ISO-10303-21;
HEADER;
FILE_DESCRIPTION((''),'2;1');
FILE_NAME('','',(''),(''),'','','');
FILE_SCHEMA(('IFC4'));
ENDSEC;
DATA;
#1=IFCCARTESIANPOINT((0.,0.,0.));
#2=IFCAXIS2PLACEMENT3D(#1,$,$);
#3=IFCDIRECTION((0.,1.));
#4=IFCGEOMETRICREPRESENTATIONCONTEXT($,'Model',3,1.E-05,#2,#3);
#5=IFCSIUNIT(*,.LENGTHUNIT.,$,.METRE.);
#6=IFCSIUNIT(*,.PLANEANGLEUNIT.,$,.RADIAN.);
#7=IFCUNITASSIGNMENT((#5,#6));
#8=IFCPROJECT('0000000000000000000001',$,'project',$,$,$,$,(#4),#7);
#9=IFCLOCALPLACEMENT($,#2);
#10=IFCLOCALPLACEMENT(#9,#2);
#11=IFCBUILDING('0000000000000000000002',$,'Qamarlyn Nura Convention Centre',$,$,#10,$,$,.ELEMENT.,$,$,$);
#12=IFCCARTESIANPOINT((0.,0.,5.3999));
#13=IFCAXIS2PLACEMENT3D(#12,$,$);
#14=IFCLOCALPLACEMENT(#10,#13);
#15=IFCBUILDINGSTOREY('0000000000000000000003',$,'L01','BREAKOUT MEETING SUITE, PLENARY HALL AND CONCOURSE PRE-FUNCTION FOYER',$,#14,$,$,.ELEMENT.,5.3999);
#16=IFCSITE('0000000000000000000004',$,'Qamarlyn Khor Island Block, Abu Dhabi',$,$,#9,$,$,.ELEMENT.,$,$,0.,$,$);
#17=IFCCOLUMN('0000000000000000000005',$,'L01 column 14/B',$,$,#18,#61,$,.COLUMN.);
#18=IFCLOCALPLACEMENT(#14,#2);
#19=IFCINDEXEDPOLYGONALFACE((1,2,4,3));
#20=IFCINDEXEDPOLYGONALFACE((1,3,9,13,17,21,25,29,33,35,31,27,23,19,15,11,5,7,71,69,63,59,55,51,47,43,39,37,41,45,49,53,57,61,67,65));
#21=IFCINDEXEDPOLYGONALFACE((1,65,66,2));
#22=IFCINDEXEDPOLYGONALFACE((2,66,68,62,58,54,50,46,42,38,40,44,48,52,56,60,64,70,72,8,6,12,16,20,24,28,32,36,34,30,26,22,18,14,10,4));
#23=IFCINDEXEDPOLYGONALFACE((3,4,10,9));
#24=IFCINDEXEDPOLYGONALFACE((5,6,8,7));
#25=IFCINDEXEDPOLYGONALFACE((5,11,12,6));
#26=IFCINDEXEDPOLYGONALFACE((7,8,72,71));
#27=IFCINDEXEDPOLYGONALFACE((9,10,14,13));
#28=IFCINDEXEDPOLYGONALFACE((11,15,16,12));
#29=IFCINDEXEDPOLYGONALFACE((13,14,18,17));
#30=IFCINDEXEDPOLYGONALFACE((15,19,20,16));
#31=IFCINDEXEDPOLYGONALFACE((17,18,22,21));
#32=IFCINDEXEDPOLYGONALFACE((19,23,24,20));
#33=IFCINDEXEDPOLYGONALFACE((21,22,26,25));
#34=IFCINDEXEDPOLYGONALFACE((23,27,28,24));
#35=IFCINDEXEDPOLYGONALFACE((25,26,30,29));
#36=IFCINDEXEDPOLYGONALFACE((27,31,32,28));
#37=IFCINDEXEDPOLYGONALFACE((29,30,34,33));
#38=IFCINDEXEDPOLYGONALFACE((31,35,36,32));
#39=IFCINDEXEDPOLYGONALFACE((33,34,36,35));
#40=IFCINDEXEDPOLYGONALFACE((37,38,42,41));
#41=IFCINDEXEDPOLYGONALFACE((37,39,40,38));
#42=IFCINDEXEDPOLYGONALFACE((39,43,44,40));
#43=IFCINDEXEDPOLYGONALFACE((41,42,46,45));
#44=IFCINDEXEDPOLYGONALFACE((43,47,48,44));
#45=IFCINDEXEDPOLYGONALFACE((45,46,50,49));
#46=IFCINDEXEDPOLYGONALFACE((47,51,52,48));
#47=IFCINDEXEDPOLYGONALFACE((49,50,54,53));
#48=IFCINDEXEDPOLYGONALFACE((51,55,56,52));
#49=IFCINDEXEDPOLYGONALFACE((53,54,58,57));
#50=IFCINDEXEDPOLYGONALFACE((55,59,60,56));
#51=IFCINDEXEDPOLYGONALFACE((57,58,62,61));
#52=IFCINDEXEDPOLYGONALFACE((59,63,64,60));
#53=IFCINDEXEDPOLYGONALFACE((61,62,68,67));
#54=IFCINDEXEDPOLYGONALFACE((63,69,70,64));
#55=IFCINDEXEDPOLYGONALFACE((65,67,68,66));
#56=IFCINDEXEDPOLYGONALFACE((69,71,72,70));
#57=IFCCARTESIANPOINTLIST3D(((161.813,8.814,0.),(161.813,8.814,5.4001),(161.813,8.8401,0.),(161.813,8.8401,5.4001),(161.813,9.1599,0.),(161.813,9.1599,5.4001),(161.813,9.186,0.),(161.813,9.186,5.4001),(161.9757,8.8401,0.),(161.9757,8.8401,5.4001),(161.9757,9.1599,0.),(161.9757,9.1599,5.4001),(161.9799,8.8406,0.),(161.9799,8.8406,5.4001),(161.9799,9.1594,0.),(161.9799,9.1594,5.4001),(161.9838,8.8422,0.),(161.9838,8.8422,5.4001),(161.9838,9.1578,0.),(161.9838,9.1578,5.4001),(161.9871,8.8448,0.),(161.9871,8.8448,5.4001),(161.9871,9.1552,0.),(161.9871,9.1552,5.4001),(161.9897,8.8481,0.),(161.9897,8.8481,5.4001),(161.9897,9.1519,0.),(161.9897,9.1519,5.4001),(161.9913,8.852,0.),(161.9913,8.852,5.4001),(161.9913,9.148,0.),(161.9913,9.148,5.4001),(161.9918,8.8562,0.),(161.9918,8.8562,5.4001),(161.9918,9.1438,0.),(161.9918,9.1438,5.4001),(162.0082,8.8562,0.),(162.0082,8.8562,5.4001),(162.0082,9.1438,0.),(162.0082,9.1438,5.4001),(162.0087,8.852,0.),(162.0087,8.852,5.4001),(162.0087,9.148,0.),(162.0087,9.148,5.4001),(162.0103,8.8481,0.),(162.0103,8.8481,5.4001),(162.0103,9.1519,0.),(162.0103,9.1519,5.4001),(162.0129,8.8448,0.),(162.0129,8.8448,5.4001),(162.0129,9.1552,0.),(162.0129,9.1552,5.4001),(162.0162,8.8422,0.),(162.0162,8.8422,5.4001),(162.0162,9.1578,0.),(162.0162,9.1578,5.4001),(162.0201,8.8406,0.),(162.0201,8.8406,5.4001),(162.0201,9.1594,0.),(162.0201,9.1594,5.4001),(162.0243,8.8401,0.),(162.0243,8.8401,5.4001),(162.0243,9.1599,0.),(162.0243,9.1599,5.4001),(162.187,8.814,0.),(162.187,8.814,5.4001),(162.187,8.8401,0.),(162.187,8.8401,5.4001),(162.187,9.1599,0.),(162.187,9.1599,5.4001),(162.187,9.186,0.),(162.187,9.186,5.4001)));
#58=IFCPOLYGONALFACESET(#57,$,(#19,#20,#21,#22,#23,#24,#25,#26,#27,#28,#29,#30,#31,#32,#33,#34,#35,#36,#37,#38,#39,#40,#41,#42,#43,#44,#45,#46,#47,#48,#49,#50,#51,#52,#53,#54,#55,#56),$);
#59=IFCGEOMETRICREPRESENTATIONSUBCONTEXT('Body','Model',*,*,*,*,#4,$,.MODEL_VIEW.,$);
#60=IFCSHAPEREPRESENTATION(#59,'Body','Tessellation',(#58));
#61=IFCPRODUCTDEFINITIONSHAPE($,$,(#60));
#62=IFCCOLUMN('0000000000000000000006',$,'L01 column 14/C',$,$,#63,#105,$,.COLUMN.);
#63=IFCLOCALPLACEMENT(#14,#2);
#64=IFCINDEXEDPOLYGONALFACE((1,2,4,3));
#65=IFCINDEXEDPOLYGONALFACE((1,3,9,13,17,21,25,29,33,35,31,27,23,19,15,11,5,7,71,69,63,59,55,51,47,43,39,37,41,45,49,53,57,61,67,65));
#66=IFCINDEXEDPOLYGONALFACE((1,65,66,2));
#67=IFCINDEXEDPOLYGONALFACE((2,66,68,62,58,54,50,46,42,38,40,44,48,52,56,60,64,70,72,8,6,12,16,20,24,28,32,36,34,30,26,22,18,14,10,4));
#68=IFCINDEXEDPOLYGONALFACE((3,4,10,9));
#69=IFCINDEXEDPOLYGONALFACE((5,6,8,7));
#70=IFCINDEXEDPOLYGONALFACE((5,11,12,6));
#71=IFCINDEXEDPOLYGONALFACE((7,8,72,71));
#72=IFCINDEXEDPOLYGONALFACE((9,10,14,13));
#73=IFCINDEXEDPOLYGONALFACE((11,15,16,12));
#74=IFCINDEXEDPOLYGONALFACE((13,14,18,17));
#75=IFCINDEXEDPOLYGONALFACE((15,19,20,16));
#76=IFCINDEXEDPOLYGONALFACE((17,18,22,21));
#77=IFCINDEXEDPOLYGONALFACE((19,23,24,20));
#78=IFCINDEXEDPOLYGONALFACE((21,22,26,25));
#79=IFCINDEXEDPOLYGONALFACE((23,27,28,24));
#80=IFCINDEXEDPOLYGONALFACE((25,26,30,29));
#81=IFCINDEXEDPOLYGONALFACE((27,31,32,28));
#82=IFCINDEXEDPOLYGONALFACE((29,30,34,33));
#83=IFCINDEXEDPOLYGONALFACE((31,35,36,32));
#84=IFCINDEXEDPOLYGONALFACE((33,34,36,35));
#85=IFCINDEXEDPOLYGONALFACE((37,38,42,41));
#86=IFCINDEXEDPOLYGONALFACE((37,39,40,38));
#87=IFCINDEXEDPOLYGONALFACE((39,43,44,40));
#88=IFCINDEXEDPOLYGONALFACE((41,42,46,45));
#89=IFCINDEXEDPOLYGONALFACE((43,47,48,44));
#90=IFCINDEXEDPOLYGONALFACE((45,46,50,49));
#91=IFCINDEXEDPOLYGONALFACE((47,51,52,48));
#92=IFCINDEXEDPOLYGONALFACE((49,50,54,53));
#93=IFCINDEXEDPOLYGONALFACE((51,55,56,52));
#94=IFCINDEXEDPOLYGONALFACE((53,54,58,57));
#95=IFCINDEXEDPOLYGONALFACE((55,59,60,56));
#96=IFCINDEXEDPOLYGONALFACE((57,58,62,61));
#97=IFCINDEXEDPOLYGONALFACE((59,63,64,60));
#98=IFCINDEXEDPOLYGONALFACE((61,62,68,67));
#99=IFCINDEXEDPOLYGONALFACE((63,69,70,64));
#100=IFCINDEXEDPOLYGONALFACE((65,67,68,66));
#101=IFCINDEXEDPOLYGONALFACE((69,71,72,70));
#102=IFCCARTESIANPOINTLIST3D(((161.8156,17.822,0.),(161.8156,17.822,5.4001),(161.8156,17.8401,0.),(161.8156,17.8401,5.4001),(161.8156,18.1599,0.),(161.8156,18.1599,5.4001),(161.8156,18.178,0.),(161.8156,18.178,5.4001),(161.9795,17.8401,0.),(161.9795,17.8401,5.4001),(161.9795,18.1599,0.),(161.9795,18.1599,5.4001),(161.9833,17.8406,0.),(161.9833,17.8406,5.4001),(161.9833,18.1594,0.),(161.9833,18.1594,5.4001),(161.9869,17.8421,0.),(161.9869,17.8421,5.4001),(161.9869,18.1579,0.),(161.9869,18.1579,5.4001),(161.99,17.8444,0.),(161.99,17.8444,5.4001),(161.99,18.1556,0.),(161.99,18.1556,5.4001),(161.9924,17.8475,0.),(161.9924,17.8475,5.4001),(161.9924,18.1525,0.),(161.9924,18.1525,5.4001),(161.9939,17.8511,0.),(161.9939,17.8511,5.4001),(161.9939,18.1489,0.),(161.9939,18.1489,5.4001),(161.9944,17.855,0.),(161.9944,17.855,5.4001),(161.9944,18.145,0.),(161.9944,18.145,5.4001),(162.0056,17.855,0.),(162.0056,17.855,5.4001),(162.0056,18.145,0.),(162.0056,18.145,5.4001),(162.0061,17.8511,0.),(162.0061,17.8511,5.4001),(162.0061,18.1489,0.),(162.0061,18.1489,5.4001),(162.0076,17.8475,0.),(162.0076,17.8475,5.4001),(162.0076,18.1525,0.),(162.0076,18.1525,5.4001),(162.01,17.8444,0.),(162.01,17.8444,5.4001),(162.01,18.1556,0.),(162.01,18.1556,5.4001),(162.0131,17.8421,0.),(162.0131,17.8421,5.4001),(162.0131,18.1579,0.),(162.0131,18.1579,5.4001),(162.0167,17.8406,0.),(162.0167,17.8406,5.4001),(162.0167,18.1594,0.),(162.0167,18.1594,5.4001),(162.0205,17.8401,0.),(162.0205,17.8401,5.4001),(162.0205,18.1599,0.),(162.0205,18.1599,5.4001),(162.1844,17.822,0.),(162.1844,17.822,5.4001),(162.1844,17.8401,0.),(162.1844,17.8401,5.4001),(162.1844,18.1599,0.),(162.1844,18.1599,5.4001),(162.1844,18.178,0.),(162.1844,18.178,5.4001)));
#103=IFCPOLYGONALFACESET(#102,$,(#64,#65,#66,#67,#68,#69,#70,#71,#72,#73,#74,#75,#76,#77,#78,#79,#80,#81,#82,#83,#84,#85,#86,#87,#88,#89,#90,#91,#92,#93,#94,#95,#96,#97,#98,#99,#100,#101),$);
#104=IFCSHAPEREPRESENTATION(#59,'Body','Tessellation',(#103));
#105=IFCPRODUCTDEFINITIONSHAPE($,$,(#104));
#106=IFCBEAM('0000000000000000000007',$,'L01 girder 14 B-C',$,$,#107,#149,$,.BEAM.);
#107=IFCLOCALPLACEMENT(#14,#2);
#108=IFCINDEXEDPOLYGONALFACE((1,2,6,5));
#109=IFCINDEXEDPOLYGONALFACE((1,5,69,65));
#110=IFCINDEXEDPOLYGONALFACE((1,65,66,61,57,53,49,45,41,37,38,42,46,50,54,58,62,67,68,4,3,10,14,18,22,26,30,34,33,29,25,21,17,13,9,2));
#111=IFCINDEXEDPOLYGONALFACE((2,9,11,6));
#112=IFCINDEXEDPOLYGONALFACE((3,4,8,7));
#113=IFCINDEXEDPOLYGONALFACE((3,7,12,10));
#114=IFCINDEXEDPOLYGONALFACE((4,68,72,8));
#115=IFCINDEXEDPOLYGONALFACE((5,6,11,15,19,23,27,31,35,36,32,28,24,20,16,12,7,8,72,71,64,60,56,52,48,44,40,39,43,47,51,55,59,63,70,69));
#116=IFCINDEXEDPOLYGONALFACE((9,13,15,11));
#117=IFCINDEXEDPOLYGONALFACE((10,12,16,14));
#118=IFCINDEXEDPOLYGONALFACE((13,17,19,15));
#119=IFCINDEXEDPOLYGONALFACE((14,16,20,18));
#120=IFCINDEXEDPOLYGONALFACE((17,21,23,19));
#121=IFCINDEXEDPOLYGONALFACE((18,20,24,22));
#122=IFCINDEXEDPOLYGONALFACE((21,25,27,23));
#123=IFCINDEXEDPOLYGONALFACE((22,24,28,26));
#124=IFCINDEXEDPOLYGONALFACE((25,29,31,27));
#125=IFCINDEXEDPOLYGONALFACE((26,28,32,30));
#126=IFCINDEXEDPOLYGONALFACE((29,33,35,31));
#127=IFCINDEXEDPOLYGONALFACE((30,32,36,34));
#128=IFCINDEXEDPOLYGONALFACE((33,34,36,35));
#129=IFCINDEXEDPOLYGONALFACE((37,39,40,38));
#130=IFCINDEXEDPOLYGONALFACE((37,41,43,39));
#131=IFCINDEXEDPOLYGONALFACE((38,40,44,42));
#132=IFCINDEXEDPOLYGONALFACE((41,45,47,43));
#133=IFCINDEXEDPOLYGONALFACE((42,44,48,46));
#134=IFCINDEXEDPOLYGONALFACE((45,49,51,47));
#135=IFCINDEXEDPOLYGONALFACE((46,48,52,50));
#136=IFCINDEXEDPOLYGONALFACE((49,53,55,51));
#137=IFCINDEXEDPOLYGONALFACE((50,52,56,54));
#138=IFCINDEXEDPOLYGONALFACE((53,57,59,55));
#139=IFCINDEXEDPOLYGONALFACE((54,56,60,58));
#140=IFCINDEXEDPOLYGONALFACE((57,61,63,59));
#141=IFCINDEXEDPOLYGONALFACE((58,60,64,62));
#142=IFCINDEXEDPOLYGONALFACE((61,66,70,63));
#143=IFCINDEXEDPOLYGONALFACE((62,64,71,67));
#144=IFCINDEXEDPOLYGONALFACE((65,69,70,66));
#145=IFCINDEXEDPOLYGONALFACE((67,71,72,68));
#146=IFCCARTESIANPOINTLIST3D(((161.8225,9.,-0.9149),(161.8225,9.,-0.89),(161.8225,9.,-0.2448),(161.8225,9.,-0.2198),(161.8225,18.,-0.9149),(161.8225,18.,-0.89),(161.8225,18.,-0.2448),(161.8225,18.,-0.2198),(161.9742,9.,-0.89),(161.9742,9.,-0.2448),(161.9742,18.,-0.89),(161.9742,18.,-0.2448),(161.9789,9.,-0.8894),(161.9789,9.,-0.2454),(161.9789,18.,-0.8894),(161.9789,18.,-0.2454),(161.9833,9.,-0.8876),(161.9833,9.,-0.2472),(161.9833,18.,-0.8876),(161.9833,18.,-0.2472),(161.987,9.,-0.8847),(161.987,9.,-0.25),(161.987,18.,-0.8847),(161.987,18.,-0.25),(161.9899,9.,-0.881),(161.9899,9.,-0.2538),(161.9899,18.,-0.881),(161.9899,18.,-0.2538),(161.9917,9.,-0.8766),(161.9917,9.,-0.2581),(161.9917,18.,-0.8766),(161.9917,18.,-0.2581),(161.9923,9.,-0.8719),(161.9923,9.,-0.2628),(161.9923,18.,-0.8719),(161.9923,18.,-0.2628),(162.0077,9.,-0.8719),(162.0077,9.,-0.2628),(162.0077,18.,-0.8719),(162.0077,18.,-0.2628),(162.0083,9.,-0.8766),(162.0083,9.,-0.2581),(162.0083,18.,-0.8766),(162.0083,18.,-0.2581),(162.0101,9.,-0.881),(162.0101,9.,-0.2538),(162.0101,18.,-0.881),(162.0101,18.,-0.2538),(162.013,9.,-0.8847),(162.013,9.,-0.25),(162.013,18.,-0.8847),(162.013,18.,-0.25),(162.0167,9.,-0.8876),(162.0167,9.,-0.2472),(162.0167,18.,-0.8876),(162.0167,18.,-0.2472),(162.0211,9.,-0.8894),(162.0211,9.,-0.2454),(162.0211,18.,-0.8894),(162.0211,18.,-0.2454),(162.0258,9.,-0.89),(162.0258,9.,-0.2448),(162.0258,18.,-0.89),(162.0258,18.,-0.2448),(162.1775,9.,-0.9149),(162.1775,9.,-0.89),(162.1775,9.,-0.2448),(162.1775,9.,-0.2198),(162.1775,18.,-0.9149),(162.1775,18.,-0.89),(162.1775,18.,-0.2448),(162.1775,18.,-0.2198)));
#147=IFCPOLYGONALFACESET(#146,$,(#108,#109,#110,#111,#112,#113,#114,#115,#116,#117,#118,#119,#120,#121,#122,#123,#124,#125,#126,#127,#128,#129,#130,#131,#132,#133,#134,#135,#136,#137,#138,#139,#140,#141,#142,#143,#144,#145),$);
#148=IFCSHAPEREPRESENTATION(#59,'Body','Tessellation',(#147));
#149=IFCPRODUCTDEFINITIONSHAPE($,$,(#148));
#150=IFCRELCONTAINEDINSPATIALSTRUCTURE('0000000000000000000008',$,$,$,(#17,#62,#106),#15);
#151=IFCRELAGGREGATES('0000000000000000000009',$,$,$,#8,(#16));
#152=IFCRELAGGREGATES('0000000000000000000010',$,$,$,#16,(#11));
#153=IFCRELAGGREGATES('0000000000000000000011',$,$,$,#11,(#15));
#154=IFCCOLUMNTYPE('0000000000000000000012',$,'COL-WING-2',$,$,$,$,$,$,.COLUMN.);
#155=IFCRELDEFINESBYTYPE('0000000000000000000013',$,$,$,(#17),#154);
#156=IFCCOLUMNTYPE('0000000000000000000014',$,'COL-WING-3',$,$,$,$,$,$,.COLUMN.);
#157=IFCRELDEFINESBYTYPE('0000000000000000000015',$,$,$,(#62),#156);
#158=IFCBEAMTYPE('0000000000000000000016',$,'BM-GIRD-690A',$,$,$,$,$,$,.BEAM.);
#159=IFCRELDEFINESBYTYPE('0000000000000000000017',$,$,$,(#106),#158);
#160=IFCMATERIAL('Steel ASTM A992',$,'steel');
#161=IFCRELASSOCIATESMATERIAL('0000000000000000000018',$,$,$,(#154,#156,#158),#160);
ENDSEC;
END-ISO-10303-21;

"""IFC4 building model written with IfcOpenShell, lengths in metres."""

from ifc_helpers import new_model, si_unit, direction, frame, origin, origin_2d, place, context, subcontext, project, spatial, i_section, extrude, material, material_profile, profile_set, type_object, element, save


model = new_model("IFC4")

# Units and contexts
model_context = context("Model", 3, precision=1e-05, world=origin(), true_north=direction((0.0, 1.0)))
body_context = subcontext(model_context, "Body", "Model", "MODEL_VIEW")
ifc_project = project(units=[si_unit("LENGTHUNIT", "METRE"), si_unit("PLANEANGLEUNIT", "RADIAN")], contexts=[model_context])

# Site, building, storey
site_placement = place(None, origin())
site = spatial("IfcSite", under=ifc_project, at=site_placement, Name="Qamarlyn Khor Island Block, Abu Dhabi", CompositionType="ELEMENT", RefElevation=0.0)
building_placement = place(site_placement, origin())
building = spatial("IfcBuilding", under=site, at=building_placement, Name="Qamarlyn Nura Convention Centre", CompositionType="ELEMENT")
storey_placement = place(building_placement, frame((0.0, 0.0, 5.3999)))
storey = spatial("IfcBuildingStorey", under=building, at=storey_placement, Name="L01", Description="BREAKOUT MEETING SUITE, PLENARY HALL AND CONCOURSE PRE-FUNCTION FOYER", CompositionType="ELEMENT", Elevation=5.3999)

# Columns
ifc_material_1 = material(Name="Steel ASTM A992", Category="steel")
ifc_material_profile_1 = material_profile(ifc_material_1, i_section(OverallWidth=0.374, OverallDepth=0.3721, WebThickness=0.0164, FlangeThickness=0.0261, FilletRadius=0.0161, at=origin_2d()), Name="W360X196")
ifc_profile_set_1 = profile_set([ifc_material_profile_1], Name="Steel ASTM A992")
column_type_1 = type_object("IfcColumnType", Name="COL-WING-2", PredefinedType="COLUMN", material=ifc_profile_set_1)
column_1_placement = place(storey_placement, frame((162.0, 9.0, 0.0), z_axis=(0.0, 0.0, 1.0), x_axis=(1.0, 0.0, 0.0)))
element("IfcColumn", 1, at=column_1_placement, inside=storey, type_object=column_type_1, Name="L01 column 14/B", PredefinedType="COLUMN", context=body_context, shape_type="SweptSolid", body=[
    extrude(i_section(OverallWidth=0.374, OverallDepth=0.3721, WebThickness=0.0164, FlangeThickness=0.0261, FilletRadius=0.0161, at=origin_2d()), origin(), (0.0, 0.0, 1.0), 5.4001),
])
ifc_material_profile_2 = material_profile(ifc_material_1, i_section(OverallWidth=0.3689, OverallDepth=0.356, WebThickness=0.0112, FlangeThickness=0.0181, FilletRadius=0.0149, at=origin_2d()), Name="W360X134")
ifc_profile_set_2 = profile_set([ifc_material_profile_2], Name="Steel ASTM A992")
column_type_2 = type_object("IfcColumnType", Name="COL-WING-3", PredefinedType="COLUMN", material=ifc_profile_set_2)
column_2_placement = place(storey_placement, frame((162.0, 18.0, 0.0), z_axis=(0.0, 0.0, 1.0), x_axis=(1.0, 0.0, 0.0)))
element("IfcColumn", 2, at=column_2_placement, inside=storey, type_object=column_type_2, Name="L01 column 14/C", PredefinedType="COLUMN", context=body_context, shape_type="SweptSolid", body=[
    extrude(i_section(OverallWidth=0.3689, OverallDepth=0.356, WebThickness=0.0112, FlangeThickness=0.0181, FilletRadius=0.0149, at=origin_2d()), origin(), (0.0, 0.0, 1.0), 5.4001),
])

# Beam
ifc_material_profile_3 = material_profile(ifc_material_1, i_section(OverallWidth=0.355, OverallDepth=0.6951, WebThickness=0.0154, FlangeThickness=0.0249, FilletRadius=0.0181, at=origin_2d()), Name="W690X217")
ifc_profile_set_3 = profile_set([ifc_material_profile_3], Name="Steel ASTM A992")
beam_type_1 = type_object("IfcBeamType", Name="BM-GIRD-690A", PredefinedType="BEAM", material=ifc_profile_set_3)
beam_1_placement = place(storey_placement, frame((162.0, 9.0, -0.5674), z_axis=(0.0, 1.0, 0.0), x_axis=(-1.0, 0.0, 0.0)))
element("IfcBeam", 3, at=beam_1_placement, inside=storey, type_object=beam_type_1, Name="L01 girder 14 B-C", PredefinedType="BEAM", context=body_context, shape_type="SweptSolid", body=[
    extrude(i_section(OverallWidth=0.355, OverallDepth=0.6951, WebThickness=0.0154, FlangeThickness=0.0249, FilletRadius=0.0181, at=origin_2d()), origin(), (0.0, 0.0, 1.0), 9.0),
])

save(model, "model.ifc")
